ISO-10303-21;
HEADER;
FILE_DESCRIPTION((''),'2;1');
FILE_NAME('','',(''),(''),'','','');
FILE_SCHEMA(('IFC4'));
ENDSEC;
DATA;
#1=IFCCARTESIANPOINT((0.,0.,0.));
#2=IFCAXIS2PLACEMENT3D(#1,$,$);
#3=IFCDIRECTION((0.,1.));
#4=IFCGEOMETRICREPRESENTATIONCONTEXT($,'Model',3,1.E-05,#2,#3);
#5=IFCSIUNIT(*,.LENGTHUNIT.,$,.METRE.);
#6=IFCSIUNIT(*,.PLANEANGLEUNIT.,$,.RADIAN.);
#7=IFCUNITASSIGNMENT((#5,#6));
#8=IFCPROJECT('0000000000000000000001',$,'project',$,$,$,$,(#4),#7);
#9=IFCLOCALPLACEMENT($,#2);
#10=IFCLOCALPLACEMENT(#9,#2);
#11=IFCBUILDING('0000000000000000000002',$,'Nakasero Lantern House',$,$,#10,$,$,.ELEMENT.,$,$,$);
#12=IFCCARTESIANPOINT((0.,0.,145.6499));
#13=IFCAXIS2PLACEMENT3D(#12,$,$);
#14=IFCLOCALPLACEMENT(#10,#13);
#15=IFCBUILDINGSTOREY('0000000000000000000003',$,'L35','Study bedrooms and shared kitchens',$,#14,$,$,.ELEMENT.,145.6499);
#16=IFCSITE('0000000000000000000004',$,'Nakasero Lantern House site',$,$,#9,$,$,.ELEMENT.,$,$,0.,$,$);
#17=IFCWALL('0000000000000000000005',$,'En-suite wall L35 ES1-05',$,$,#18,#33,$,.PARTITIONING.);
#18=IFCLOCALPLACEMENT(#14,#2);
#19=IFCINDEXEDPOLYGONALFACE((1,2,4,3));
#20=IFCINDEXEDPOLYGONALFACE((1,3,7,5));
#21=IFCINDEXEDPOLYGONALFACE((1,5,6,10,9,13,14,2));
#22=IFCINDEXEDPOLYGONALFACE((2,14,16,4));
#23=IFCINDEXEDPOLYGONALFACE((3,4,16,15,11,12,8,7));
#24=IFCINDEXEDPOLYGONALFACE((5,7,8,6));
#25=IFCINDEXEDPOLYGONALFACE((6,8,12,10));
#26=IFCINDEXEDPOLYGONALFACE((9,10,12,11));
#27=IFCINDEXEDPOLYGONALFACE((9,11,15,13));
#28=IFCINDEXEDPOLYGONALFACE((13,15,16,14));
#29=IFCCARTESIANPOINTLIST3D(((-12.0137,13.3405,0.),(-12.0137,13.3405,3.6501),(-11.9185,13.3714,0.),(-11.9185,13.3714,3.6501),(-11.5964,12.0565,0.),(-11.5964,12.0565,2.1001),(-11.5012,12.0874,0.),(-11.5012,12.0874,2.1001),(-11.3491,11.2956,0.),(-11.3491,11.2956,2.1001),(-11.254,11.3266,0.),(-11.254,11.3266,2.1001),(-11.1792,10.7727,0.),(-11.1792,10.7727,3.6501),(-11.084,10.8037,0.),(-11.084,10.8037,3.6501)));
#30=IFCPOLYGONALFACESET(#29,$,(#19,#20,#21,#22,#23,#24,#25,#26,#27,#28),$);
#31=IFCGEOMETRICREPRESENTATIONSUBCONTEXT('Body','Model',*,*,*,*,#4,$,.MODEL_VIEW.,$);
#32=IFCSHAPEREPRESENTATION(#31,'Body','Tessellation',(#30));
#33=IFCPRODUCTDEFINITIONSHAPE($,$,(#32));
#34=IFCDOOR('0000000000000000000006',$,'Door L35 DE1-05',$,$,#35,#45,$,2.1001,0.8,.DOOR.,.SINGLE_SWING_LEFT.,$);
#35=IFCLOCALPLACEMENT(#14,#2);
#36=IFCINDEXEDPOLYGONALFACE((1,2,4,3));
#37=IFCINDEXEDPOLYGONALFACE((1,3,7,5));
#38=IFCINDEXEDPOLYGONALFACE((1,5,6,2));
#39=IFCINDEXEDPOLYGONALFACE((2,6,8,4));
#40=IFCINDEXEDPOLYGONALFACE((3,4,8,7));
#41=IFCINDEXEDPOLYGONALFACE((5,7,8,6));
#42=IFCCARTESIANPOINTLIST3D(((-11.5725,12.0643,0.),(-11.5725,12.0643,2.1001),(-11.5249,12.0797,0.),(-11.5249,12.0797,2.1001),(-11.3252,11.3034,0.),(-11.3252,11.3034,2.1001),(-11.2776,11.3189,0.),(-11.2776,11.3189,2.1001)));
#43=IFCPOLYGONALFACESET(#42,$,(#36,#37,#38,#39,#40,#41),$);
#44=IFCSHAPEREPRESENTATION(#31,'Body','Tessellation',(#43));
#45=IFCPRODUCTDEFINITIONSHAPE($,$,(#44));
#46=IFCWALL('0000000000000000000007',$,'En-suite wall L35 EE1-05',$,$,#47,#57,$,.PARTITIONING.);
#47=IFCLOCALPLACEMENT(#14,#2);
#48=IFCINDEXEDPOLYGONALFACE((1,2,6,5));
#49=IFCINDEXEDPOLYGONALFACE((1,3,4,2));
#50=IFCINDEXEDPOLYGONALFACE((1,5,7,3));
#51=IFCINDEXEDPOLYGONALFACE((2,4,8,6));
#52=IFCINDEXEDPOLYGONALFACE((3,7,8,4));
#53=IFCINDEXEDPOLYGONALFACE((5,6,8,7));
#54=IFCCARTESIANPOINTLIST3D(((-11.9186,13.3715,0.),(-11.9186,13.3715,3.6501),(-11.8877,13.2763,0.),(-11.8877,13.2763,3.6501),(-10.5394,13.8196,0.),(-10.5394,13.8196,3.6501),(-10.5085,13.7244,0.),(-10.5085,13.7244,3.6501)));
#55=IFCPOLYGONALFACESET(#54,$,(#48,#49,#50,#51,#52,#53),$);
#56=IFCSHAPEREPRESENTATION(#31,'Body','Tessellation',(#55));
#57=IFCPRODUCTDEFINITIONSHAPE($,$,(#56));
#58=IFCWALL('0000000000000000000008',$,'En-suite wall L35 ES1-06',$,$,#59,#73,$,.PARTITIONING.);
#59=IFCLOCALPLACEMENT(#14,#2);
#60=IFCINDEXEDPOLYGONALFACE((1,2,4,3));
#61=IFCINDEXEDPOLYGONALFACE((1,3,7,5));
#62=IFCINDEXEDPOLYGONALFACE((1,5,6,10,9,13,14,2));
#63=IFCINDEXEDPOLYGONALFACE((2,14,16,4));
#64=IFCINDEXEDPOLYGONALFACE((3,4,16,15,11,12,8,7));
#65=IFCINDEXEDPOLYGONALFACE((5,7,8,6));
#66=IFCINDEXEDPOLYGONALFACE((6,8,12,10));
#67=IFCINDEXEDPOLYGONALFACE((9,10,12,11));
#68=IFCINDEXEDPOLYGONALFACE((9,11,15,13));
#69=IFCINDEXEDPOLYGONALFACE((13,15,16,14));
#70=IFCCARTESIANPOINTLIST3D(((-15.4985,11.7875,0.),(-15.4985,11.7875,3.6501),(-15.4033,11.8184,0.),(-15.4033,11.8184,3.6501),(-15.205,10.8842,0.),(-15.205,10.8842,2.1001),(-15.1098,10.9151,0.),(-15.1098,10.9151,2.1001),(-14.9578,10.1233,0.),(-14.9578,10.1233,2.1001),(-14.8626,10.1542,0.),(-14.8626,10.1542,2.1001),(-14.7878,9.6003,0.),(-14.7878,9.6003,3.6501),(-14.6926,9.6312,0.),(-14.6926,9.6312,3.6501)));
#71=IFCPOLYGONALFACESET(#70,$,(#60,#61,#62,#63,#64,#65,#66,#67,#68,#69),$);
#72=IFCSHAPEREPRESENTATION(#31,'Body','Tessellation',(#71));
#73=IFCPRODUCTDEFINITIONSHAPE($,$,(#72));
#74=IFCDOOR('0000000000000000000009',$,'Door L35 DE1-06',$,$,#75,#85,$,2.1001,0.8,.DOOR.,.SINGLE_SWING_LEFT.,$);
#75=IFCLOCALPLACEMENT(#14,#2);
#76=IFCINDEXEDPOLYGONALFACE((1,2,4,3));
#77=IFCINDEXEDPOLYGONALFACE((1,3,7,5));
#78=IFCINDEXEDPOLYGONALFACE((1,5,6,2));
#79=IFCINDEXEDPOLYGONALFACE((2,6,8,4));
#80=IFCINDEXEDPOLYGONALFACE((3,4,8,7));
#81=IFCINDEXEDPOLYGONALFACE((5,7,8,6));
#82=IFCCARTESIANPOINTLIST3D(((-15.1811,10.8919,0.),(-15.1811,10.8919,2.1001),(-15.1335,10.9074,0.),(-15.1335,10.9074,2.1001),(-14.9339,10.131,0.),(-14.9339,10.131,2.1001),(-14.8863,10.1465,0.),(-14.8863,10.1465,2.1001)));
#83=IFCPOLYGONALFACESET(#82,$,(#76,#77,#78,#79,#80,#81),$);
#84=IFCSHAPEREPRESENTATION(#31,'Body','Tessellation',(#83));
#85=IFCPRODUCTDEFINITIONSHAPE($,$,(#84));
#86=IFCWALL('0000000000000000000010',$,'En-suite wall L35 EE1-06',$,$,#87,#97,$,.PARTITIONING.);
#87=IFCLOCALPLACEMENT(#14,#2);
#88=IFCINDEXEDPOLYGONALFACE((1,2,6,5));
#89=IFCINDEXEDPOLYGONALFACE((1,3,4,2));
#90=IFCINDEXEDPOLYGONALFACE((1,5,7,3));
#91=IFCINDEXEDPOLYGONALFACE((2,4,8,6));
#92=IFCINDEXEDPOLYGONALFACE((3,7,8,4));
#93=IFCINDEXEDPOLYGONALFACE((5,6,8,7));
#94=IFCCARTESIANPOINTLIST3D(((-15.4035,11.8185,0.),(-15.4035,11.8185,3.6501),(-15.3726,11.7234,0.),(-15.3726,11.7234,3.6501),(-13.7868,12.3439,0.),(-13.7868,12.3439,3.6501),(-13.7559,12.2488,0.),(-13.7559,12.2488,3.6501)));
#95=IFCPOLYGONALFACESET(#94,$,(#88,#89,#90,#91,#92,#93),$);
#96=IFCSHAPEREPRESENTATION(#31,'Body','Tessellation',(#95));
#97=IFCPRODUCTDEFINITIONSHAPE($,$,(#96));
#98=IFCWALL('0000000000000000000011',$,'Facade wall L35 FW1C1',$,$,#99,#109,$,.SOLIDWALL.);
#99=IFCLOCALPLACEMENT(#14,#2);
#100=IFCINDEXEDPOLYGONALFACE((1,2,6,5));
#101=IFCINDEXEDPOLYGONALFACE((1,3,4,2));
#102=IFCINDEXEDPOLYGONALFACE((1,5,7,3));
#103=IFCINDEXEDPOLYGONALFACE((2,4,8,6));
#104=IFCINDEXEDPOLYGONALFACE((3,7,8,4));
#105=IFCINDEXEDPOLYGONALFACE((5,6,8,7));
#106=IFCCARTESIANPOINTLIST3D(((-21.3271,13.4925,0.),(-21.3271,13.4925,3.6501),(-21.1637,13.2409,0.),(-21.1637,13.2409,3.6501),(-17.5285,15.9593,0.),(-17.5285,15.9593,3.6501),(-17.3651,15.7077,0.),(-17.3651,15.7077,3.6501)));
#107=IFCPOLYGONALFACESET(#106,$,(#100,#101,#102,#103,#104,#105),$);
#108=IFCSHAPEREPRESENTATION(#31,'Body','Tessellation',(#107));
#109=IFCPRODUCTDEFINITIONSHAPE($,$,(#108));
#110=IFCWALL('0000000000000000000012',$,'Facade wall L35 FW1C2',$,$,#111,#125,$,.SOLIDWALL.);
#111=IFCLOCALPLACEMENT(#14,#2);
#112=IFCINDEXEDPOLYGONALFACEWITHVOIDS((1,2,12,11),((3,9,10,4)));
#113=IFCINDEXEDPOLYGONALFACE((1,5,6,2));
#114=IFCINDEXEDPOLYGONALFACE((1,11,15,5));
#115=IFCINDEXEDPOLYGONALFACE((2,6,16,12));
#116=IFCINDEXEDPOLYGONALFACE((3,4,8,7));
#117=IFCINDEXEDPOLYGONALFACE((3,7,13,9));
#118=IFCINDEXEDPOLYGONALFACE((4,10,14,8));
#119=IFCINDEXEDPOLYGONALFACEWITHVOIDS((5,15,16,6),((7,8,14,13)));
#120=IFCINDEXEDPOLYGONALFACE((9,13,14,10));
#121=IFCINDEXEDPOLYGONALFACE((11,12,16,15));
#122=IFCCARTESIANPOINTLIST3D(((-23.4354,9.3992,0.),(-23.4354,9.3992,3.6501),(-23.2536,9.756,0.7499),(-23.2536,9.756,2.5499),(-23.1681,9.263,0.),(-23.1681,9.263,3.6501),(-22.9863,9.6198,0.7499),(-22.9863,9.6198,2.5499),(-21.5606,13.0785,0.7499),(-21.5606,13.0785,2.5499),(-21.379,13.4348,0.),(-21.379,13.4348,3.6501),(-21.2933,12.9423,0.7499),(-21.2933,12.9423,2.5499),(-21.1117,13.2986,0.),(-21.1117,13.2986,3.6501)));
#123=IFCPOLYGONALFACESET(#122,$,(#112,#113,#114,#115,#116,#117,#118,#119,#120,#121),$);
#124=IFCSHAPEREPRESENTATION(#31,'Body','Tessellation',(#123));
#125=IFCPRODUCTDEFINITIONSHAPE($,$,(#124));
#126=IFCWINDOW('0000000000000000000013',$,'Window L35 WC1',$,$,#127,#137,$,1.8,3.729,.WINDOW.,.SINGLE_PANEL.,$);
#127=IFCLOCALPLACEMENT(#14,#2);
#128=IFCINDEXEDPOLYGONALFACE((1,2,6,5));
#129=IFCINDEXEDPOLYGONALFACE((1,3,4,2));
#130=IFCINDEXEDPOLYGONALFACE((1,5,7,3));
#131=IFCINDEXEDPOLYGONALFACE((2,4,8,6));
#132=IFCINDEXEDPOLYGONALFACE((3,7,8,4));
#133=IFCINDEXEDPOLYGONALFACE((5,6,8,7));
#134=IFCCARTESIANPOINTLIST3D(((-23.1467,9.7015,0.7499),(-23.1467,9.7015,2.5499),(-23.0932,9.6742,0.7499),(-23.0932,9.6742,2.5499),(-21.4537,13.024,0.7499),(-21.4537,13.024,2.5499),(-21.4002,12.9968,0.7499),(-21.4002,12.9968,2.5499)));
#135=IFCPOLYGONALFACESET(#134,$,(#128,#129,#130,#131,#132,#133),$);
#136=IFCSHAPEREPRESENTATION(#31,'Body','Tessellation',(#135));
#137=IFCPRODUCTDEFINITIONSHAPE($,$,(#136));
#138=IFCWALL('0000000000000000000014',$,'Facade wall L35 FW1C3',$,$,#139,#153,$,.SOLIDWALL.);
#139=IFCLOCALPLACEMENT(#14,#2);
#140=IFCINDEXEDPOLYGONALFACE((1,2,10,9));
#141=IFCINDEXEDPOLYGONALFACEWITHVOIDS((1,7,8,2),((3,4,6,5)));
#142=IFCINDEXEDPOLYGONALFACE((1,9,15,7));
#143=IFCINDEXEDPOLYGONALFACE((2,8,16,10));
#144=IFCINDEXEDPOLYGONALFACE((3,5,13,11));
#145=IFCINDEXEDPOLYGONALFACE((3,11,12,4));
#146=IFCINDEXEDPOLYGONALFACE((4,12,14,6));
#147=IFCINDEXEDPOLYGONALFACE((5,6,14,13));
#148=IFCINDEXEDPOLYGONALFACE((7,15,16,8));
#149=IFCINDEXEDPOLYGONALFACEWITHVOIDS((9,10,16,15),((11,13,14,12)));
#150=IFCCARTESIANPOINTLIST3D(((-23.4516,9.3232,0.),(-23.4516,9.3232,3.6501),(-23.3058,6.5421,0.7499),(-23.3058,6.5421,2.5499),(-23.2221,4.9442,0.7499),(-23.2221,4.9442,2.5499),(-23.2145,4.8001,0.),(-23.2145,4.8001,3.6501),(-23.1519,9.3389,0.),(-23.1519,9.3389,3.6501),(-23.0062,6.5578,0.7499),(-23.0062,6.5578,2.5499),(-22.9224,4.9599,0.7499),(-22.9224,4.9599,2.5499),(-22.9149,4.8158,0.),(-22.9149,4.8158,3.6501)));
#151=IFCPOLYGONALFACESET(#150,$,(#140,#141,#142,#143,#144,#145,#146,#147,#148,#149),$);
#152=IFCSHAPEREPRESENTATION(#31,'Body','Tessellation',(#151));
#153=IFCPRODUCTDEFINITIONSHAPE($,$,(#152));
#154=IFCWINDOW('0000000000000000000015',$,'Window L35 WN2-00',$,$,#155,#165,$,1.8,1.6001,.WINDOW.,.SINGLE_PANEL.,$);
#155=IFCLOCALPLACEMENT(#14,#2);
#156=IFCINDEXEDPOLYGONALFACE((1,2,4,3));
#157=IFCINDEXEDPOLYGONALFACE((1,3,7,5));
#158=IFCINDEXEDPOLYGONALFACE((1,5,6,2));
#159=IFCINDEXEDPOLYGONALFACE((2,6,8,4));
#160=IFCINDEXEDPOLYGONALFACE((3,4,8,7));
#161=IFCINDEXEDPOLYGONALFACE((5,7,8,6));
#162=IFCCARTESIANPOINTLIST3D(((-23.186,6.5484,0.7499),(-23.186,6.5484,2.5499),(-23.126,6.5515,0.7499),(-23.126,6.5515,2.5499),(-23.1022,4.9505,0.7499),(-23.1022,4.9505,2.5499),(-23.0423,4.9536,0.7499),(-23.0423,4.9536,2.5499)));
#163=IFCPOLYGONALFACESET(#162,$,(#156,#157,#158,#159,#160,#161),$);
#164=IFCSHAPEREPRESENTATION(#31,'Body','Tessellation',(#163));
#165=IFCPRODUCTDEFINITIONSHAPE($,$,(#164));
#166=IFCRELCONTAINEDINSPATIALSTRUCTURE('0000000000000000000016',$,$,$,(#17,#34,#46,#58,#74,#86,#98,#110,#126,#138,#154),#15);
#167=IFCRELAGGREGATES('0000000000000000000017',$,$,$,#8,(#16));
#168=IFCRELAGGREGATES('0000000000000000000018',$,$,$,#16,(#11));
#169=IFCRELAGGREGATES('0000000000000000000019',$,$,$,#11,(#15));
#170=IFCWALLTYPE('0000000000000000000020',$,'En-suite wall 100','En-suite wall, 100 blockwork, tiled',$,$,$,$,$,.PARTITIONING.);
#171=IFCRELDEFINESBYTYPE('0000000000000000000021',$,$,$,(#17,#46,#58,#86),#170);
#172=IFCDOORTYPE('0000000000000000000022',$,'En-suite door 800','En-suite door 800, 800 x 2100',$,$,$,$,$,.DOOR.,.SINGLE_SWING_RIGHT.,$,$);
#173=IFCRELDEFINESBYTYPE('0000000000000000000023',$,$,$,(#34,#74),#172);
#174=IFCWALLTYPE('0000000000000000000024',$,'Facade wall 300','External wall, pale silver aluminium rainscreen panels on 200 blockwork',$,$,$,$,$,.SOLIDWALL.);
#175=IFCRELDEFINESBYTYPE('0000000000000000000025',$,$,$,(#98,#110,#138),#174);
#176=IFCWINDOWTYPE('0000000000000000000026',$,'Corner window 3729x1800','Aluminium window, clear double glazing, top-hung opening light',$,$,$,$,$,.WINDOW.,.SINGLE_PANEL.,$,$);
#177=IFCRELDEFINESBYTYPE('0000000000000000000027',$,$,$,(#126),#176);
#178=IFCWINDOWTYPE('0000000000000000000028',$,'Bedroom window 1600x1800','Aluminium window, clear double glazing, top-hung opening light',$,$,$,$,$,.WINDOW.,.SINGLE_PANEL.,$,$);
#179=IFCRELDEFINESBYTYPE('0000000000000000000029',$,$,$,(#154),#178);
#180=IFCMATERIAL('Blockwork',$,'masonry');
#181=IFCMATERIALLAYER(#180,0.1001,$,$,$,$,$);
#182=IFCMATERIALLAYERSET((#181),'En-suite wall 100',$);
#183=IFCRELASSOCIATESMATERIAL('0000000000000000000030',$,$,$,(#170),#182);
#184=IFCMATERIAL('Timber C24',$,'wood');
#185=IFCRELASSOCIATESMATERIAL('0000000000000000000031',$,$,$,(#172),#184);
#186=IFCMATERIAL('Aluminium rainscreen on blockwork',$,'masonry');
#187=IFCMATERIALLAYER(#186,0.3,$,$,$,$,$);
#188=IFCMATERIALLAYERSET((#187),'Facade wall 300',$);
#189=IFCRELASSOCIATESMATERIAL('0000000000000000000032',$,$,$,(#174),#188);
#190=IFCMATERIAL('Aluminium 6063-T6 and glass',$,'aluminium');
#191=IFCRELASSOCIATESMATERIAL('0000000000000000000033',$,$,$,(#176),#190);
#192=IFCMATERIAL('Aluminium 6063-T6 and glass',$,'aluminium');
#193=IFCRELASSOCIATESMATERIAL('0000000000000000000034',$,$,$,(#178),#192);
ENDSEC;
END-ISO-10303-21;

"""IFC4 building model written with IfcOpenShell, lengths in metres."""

from ifc_helpers import new_model, si_unit, direction, frame, frame_2d, origin, place, context, subcontext, project, spatial, rectangle, extrude, material, layer, layer_set, type_object, element, fill, save


model = new_model("IFC4")

# Units and contexts
model_context = context("Model", 3, precision=1e-05, world=origin(), true_north=direction((0.0, 1.0)))
body_context = subcontext(model_context, "Body", "Model", "MODEL_VIEW")
ifc_project = project(units=[si_unit("LENGTHUNIT", "METRE"), si_unit("PLANEANGLEUNIT", "RADIAN")], contexts=[model_context])

# Site, building, storey
site_placement = place(None, origin())
site = spatial("IfcSite", under=ifc_project, at=site_placement, Name="Nakasero Lantern House site", CompositionType="ELEMENT", RefElevation=0.0)
building_placement = place(site_placement, origin())
building = spatial("IfcBuilding", under=site, at=building_placement, Name="Nakasero Lantern House", CompositionType="ELEMENT")
storey_placement = place(building_placement, frame((0.0, 0.0, 145.6499)))
storey = spatial("IfcBuildingStorey", under=building, at=storey_placement, Name="L35", Description="Study bedrooms and shared kitchens", CompositionType="ELEMENT", Elevation=145.6499)

# Wall, opening, door
ifc_material_1 = material(Name="Blockwork", Category="masonry")
ifc_layer_1 = layer(ifc_material_1, 0.1001)
ifc_layer_set_1 = layer_set([ifc_layer_1], Name="En-suite wall 100")
wall_type_1 = type_object("IfcWallType", Name="En-suite wall 100", Description="En-suite wall, 100 blockwork, tiled", PredefinedType="PARTITIONING", material=ifc_layer_set_1)
wall_1_placement = place(storey_placement, frame((-11.1316, 10.7881, 0.0), z_axis=(0.0, 0.0, 1.0), x_axis=(-0.309057, 0.951043, 0.0)))
wall_1 = element("IfcWall", 1, at=wall_1_placement, inside=storey, type_object=wall_type_1, Name="En-suite wall L35 ES1-05", PredefinedType="PARTITIONING", context=body_context, shape_type="SweptSolid", body=[
    extrude(rectangle(XDim=2.7, YDim=0.1001, at=frame_2d((1.3501, 0.0))), origin(), (0.0, 0.0, 1.0), 3.6501),
])
opening_1_placement = place(wall_1_placement, frame((0.55, 0.0, 0.0)))
opening_1 = element("IfcOpeningElement", 2, at=opening_1_placement, cuts=wall_1, PredefinedType="OPENING", context=body_context, shape_type="SweptSolid", body=[
    extrude(rectangle(XDim=0.8, YDim=2.1001, at=frame_2d((0.3999, 1.05))), frame((0.0, 0.0701, 0.0), z_axis=(0.0, -1.0, 0.0), x_axis=(1.0, 0.0, 0.0)), (0.0, 0.0, 1.0), 0.1401),
])
ifc_material_2 = material(Name="Timber C24", Category="wood")
door_type_1 = type_object("IfcDoorType", Name="En-suite door 800", Description="En-suite door 800, 800 x 2100", OperationType="SINGLE_SWING_RIGHT", PredefinedType="DOOR", material=ifc_material_2)
door_1_placement = place(opening_1_placement, origin())
door_1 = element("IfcDoor", 3, at=door_1_placement, inside=storey, type_object=door_type_1, Name="Door L35 DE1-05", OperationType="SINGLE_SWING_LEFT", OverallHeight=2.1001, OverallWidth=0.8, PredefinedType="DOOR", context=body_context, shape_type="SweptSolid", body=[
    extrude(rectangle(XDim=0.8, YDim=2.1001, at=frame_2d((0.3999, 1.05))), frame((0.0, 0.0249, 0.0), z_axis=(0.0, -1.0, 0.0), x_axis=(1.0, 0.0, 0.0)), (0.0, 0.0, 1.0), 0.05),
])
fill(opening_1, door_1)

# Wall
wall_2_placement = place(storey_placement, frame((-10.5239, 13.772, 0.0), z_axis=(0.0, 0.0, 1.0), x_axis=(-0.95108, -0.308945, 0.0)))
element("IfcWall", 4, at=wall_2_placement, inside=storey, type_object=wall_type_1, Name="En-suite wall L35 EE1-05", PredefinedType="PARTITIONING", context=body_context, shape_type="SweptSolid", body=[
    extrude(rectangle(XDim=1.4502, YDim=0.1001, at=frame_2d((0.7251, 0.0))), origin(), (0.0, 0.0, 1.0), 3.6501),
])

# Wall, opening, door
wall_3_placement = place(storey_placement, frame((-14.7402, 9.6157, 0.0), z_axis=(0.0, 0.0, 1.0), x_axis=(-0.309021, 0.951055, 0.0)))
wall_3 = element("IfcWall", 5, at=wall_3_placement, inside=storey, type_object=wall_type_1, Name="En-suite wall L35 ES1-06", PredefinedType="PARTITIONING", context=body_context, shape_type="SweptSolid", body=[
    extrude(rectangle(XDim=2.2998, YDim=0.1001, at=frame_2d((1.1499, 0.0))), origin(), (0.0, 0.0, 1.0), 3.6501),
])
opening_2_placement = place(wall_3_placement, frame((0.55, 0.0, 0.0)))
opening_2 = element("IfcOpeningElement", 6, at=opening_2_placement, cuts=wall_3, PredefinedType="OPENING", context=body_context, shape_type="SweptSolid", body=[
    extrude(rectangle(XDim=0.8, YDim=2.1001, at=frame_2d((0.3999, 1.05))), frame((0.0, 0.0701, 0.0), z_axis=(0.0, -1.0, 0.0), x_axis=(1.0, 0.0, 0.0)), (0.0, 0.0, 1.0), 0.1401),
])
door_2_placement = place(opening_2_placement, origin())
door_2 = element("IfcDoor", 7, at=door_2_placement, inside=storey, type_object=door_type_1, Name="Door L35 DE1-06", OperationType="SINGLE_SWING_LEFT", OverallHeight=2.1001, OverallWidth=0.8, PredefinedType="DOOR", context=body_context, shape_type="SweptSolid", body=[
    extrude(rectangle(XDim=0.8, YDim=2.1001, at=frame_2d((0.3999, 1.05))), frame((0.0, 0.0249, 0.0), z_axis=(0.0, -1.0, 0.0), x_axis=(1.0, 0.0, 0.0)), (0.0, 0.0, 1.0), 0.05),
])
fill(opening_2, door_2)

# Walls
wall_4_placement = place(storey_placement, frame((-13.7712, 12.2964, 0.0), z_axis=(0.0, 0.0, 1.0), x_axis=(-0.95104, -0.309067, 0.0)))
element("IfcWall", 8, at=wall_4_placement, inside=storey, type_object=wall_type_1, Name="En-suite wall L35 EE1-06", PredefinedType="PARTITIONING", context=body_context, shape_type="SweptSolid", body=[
    extrude(rectangle(XDim=1.7, YDim=0.1001, at=frame_2d((0.8501, 0.0))), origin(), (0.0, 0.0, 1.0), 3.6501),
])
ifc_material_3 = material(Name="Aluminium rainscreen on blockwork", Category="masonry")
ifc_layer_2 = layer(ifc_material_3, 0.3)
ifc_layer_set_2 = layer_set([ifc_layer_2], Name="Facade wall 300")
wall_type_2 = type_object("IfcWallType", Name="Facade wall 300", Description="External wall, pale silver aluminium rainscreen panels on 200 blockwork", PredefinedType="SOLIDWALL", material=ifc_layer_set_2)
wall_5_placement = place(storey_placement, frame((-17.4468, 15.8335, 0.0), z_axis=(0.0, 0.0, 1.0), x_axis=(-0.838674, -0.544634, 0.0)))
element("IfcWall", 9, at=wall_5_placement, inside=storey, type_object=wall_type_2, Name="Facade wall L35 FW1C1", PredefinedType="SOLIDWALL", context=body_context, shape_type="SweptSolid", body=[
    extrude(rectangle(XDim=4.5293, YDim=0.3, at=frame_2d((2.2646, 0.0))), origin(), (0.0, 0.0, 1.0), 3.6501),
])

# Walls, openings, windows
wall_6_placement = place(storey_placement, frame((-21.2454, 13.3667, 0.0), z_axis=(0.0, 0.0, 1.0), x_axis=(-0.454014, -0.890995, 0.0)))
wall_6 = element("IfcWall", 10, at=wall_6_placement, inside=storey, type_object=wall_type_2, Name="Facade wall L35 FW1C2", PredefinedType="SOLIDWALL", context=body_context, shape_type="SweptSolid", body=[
    extrude(rectangle(XDim=4.5293, YDim=0.3, at=frame_2d((2.2646, 0.0))), origin(), (0.0, 0.0, 1.0), 3.6501),
])
opening_3_placement = place(wall_6_placement, frame((0.3999, 0.0, 0.75)))
opening_3 = element("IfcOpeningElement", 11, at=opening_3_placement, cuts=wall_6, PredefinedType="OPENING", context=body_context, shape_type="SweptSolid", body=[
    extrude(rectangle(XDim=3.729, YDim=1.8, at=frame_2d((1.8645, 0.8999))), frame((0.0, 0.1699, 0.0), z_axis=(0.0, -1.0, 0.0), x_axis=(1.0, 0.0, 0.0)), (0.0, 0.0, 1.0), 0.3401),
])
ifc_material_4 = material(Name="Aluminium 6063-T6 and glass", Category="aluminium")
window_type_1 = type_object("IfcWindowType", Name="Corner window 3729x1800", Description="Aluminium window, clear double glazing, top-hung opening light", PartitioningType="SINGLE_PANEL", PredefinedType="WINDOW", material=ifc_material_4)
window_1_placement = place(opening_3_placement, origin())
window_1 = element("IfcWindow", 12, at=window_1_placement, inside=storey, type_object=window_type_1, Name="Window L35 WC1", OverallHeight=1.8, OverallWidth=3.729, PartitioningType="SINGLE_PANEL", PredefinedType="WINDOW", context=body_context, shape_type="SweptSolid", body=[
    extrude(rectangle(XDim=3.729, YDim=1.8, at=frame_2d((1.8645, 0.8999))), frame((0.0, 0.03, 0.0), z_axis=(0.0, -1.0, 0.0), x_axis=(1.0, 0.0, 0.0)), (0.0, 0.0, 1.0), 0.0601),
])
fill(opening_3, window_1)
wall_7_placement = place(storey_placement, frame((-23.3018, 9.3311, 0.0), z_axis=(0.0, 0.0, 1.0), x_axis=(0.052338, -0.998629, 0.0)))
wall_7 = element("IfcWall", 13, at=wall_7_placement, inside=storey, type_object=wall_type_2, Name="Facade wall L35 FW1C3", PredefinedType="SOLIDWALL", context=body_context, shape_type="SweptSolid", body=[
    extrude(rectangle(XDim=4.5293, YDim=0.3, at=frame_2d((2.2646, 0.0))), origin(), (0.0, 0.0, 1.0), 3.6501),
])
opening_4_placement = place(wall_7_placement, frame((2.7849, 0.0, 0.75)))
opening_4 = element("IfcOpeningElement", 14, at=opening_4_placement, cuts=wall_7, PredefinedType="OPENING", context=body_context, shape_type="SweptSolid", body=[
    extrude(rectangle(XDim=1.6001, YDim=1.8, at=frame_2d((0.8, 0.8999))), frame((0.0, 0.1699, 0.0), z_axis=(0.0, -1.0, 0.0), x_axis=(1.0, 0.0, 0.0)), (0.0, 0.0, 1.0), 0.3401),
])
ifc_material_5 = material(Name="Aluminium 6063-T6 and glass", Category="aluminium")
window_type_2 = type_object("IfcWindowType", Name="Bedroom window 1600x1800", Description="Aluminium window, clear double glazing, top-hung opening light", PartitioningType="SINGLE_PANEL", PredefinedType="WINDOW", material=ifc_material_5)
window_2_placement = place(opening_4_placement, origin())
window_2 = element("IfcWindow", 15, at=window_2_placement, inside=storey, type_object=window_type_2, Name="Window L35 WN2-00", OverallHeight=1.8, OverallWidth=1.6001, PartitioningType="SINGLE_PANEL", PredefinedType="WINDOW", context=body_context, shape_type="SweptSolid", body=[
    extrude(rectangle(XDim=1.6001, YDim=1.8, at=frame_2d((0.8, 0.8999))), frame((0.0, 0.03, 0.0), z_axis=(0.0, -1.0, 0.0), x_axis=(1.0, 0.0, 0.0)), (0.0, 0.0, 1.0), 0.0601),
])
fill(opening_4, window_2)

save(model, "model.ifc")
